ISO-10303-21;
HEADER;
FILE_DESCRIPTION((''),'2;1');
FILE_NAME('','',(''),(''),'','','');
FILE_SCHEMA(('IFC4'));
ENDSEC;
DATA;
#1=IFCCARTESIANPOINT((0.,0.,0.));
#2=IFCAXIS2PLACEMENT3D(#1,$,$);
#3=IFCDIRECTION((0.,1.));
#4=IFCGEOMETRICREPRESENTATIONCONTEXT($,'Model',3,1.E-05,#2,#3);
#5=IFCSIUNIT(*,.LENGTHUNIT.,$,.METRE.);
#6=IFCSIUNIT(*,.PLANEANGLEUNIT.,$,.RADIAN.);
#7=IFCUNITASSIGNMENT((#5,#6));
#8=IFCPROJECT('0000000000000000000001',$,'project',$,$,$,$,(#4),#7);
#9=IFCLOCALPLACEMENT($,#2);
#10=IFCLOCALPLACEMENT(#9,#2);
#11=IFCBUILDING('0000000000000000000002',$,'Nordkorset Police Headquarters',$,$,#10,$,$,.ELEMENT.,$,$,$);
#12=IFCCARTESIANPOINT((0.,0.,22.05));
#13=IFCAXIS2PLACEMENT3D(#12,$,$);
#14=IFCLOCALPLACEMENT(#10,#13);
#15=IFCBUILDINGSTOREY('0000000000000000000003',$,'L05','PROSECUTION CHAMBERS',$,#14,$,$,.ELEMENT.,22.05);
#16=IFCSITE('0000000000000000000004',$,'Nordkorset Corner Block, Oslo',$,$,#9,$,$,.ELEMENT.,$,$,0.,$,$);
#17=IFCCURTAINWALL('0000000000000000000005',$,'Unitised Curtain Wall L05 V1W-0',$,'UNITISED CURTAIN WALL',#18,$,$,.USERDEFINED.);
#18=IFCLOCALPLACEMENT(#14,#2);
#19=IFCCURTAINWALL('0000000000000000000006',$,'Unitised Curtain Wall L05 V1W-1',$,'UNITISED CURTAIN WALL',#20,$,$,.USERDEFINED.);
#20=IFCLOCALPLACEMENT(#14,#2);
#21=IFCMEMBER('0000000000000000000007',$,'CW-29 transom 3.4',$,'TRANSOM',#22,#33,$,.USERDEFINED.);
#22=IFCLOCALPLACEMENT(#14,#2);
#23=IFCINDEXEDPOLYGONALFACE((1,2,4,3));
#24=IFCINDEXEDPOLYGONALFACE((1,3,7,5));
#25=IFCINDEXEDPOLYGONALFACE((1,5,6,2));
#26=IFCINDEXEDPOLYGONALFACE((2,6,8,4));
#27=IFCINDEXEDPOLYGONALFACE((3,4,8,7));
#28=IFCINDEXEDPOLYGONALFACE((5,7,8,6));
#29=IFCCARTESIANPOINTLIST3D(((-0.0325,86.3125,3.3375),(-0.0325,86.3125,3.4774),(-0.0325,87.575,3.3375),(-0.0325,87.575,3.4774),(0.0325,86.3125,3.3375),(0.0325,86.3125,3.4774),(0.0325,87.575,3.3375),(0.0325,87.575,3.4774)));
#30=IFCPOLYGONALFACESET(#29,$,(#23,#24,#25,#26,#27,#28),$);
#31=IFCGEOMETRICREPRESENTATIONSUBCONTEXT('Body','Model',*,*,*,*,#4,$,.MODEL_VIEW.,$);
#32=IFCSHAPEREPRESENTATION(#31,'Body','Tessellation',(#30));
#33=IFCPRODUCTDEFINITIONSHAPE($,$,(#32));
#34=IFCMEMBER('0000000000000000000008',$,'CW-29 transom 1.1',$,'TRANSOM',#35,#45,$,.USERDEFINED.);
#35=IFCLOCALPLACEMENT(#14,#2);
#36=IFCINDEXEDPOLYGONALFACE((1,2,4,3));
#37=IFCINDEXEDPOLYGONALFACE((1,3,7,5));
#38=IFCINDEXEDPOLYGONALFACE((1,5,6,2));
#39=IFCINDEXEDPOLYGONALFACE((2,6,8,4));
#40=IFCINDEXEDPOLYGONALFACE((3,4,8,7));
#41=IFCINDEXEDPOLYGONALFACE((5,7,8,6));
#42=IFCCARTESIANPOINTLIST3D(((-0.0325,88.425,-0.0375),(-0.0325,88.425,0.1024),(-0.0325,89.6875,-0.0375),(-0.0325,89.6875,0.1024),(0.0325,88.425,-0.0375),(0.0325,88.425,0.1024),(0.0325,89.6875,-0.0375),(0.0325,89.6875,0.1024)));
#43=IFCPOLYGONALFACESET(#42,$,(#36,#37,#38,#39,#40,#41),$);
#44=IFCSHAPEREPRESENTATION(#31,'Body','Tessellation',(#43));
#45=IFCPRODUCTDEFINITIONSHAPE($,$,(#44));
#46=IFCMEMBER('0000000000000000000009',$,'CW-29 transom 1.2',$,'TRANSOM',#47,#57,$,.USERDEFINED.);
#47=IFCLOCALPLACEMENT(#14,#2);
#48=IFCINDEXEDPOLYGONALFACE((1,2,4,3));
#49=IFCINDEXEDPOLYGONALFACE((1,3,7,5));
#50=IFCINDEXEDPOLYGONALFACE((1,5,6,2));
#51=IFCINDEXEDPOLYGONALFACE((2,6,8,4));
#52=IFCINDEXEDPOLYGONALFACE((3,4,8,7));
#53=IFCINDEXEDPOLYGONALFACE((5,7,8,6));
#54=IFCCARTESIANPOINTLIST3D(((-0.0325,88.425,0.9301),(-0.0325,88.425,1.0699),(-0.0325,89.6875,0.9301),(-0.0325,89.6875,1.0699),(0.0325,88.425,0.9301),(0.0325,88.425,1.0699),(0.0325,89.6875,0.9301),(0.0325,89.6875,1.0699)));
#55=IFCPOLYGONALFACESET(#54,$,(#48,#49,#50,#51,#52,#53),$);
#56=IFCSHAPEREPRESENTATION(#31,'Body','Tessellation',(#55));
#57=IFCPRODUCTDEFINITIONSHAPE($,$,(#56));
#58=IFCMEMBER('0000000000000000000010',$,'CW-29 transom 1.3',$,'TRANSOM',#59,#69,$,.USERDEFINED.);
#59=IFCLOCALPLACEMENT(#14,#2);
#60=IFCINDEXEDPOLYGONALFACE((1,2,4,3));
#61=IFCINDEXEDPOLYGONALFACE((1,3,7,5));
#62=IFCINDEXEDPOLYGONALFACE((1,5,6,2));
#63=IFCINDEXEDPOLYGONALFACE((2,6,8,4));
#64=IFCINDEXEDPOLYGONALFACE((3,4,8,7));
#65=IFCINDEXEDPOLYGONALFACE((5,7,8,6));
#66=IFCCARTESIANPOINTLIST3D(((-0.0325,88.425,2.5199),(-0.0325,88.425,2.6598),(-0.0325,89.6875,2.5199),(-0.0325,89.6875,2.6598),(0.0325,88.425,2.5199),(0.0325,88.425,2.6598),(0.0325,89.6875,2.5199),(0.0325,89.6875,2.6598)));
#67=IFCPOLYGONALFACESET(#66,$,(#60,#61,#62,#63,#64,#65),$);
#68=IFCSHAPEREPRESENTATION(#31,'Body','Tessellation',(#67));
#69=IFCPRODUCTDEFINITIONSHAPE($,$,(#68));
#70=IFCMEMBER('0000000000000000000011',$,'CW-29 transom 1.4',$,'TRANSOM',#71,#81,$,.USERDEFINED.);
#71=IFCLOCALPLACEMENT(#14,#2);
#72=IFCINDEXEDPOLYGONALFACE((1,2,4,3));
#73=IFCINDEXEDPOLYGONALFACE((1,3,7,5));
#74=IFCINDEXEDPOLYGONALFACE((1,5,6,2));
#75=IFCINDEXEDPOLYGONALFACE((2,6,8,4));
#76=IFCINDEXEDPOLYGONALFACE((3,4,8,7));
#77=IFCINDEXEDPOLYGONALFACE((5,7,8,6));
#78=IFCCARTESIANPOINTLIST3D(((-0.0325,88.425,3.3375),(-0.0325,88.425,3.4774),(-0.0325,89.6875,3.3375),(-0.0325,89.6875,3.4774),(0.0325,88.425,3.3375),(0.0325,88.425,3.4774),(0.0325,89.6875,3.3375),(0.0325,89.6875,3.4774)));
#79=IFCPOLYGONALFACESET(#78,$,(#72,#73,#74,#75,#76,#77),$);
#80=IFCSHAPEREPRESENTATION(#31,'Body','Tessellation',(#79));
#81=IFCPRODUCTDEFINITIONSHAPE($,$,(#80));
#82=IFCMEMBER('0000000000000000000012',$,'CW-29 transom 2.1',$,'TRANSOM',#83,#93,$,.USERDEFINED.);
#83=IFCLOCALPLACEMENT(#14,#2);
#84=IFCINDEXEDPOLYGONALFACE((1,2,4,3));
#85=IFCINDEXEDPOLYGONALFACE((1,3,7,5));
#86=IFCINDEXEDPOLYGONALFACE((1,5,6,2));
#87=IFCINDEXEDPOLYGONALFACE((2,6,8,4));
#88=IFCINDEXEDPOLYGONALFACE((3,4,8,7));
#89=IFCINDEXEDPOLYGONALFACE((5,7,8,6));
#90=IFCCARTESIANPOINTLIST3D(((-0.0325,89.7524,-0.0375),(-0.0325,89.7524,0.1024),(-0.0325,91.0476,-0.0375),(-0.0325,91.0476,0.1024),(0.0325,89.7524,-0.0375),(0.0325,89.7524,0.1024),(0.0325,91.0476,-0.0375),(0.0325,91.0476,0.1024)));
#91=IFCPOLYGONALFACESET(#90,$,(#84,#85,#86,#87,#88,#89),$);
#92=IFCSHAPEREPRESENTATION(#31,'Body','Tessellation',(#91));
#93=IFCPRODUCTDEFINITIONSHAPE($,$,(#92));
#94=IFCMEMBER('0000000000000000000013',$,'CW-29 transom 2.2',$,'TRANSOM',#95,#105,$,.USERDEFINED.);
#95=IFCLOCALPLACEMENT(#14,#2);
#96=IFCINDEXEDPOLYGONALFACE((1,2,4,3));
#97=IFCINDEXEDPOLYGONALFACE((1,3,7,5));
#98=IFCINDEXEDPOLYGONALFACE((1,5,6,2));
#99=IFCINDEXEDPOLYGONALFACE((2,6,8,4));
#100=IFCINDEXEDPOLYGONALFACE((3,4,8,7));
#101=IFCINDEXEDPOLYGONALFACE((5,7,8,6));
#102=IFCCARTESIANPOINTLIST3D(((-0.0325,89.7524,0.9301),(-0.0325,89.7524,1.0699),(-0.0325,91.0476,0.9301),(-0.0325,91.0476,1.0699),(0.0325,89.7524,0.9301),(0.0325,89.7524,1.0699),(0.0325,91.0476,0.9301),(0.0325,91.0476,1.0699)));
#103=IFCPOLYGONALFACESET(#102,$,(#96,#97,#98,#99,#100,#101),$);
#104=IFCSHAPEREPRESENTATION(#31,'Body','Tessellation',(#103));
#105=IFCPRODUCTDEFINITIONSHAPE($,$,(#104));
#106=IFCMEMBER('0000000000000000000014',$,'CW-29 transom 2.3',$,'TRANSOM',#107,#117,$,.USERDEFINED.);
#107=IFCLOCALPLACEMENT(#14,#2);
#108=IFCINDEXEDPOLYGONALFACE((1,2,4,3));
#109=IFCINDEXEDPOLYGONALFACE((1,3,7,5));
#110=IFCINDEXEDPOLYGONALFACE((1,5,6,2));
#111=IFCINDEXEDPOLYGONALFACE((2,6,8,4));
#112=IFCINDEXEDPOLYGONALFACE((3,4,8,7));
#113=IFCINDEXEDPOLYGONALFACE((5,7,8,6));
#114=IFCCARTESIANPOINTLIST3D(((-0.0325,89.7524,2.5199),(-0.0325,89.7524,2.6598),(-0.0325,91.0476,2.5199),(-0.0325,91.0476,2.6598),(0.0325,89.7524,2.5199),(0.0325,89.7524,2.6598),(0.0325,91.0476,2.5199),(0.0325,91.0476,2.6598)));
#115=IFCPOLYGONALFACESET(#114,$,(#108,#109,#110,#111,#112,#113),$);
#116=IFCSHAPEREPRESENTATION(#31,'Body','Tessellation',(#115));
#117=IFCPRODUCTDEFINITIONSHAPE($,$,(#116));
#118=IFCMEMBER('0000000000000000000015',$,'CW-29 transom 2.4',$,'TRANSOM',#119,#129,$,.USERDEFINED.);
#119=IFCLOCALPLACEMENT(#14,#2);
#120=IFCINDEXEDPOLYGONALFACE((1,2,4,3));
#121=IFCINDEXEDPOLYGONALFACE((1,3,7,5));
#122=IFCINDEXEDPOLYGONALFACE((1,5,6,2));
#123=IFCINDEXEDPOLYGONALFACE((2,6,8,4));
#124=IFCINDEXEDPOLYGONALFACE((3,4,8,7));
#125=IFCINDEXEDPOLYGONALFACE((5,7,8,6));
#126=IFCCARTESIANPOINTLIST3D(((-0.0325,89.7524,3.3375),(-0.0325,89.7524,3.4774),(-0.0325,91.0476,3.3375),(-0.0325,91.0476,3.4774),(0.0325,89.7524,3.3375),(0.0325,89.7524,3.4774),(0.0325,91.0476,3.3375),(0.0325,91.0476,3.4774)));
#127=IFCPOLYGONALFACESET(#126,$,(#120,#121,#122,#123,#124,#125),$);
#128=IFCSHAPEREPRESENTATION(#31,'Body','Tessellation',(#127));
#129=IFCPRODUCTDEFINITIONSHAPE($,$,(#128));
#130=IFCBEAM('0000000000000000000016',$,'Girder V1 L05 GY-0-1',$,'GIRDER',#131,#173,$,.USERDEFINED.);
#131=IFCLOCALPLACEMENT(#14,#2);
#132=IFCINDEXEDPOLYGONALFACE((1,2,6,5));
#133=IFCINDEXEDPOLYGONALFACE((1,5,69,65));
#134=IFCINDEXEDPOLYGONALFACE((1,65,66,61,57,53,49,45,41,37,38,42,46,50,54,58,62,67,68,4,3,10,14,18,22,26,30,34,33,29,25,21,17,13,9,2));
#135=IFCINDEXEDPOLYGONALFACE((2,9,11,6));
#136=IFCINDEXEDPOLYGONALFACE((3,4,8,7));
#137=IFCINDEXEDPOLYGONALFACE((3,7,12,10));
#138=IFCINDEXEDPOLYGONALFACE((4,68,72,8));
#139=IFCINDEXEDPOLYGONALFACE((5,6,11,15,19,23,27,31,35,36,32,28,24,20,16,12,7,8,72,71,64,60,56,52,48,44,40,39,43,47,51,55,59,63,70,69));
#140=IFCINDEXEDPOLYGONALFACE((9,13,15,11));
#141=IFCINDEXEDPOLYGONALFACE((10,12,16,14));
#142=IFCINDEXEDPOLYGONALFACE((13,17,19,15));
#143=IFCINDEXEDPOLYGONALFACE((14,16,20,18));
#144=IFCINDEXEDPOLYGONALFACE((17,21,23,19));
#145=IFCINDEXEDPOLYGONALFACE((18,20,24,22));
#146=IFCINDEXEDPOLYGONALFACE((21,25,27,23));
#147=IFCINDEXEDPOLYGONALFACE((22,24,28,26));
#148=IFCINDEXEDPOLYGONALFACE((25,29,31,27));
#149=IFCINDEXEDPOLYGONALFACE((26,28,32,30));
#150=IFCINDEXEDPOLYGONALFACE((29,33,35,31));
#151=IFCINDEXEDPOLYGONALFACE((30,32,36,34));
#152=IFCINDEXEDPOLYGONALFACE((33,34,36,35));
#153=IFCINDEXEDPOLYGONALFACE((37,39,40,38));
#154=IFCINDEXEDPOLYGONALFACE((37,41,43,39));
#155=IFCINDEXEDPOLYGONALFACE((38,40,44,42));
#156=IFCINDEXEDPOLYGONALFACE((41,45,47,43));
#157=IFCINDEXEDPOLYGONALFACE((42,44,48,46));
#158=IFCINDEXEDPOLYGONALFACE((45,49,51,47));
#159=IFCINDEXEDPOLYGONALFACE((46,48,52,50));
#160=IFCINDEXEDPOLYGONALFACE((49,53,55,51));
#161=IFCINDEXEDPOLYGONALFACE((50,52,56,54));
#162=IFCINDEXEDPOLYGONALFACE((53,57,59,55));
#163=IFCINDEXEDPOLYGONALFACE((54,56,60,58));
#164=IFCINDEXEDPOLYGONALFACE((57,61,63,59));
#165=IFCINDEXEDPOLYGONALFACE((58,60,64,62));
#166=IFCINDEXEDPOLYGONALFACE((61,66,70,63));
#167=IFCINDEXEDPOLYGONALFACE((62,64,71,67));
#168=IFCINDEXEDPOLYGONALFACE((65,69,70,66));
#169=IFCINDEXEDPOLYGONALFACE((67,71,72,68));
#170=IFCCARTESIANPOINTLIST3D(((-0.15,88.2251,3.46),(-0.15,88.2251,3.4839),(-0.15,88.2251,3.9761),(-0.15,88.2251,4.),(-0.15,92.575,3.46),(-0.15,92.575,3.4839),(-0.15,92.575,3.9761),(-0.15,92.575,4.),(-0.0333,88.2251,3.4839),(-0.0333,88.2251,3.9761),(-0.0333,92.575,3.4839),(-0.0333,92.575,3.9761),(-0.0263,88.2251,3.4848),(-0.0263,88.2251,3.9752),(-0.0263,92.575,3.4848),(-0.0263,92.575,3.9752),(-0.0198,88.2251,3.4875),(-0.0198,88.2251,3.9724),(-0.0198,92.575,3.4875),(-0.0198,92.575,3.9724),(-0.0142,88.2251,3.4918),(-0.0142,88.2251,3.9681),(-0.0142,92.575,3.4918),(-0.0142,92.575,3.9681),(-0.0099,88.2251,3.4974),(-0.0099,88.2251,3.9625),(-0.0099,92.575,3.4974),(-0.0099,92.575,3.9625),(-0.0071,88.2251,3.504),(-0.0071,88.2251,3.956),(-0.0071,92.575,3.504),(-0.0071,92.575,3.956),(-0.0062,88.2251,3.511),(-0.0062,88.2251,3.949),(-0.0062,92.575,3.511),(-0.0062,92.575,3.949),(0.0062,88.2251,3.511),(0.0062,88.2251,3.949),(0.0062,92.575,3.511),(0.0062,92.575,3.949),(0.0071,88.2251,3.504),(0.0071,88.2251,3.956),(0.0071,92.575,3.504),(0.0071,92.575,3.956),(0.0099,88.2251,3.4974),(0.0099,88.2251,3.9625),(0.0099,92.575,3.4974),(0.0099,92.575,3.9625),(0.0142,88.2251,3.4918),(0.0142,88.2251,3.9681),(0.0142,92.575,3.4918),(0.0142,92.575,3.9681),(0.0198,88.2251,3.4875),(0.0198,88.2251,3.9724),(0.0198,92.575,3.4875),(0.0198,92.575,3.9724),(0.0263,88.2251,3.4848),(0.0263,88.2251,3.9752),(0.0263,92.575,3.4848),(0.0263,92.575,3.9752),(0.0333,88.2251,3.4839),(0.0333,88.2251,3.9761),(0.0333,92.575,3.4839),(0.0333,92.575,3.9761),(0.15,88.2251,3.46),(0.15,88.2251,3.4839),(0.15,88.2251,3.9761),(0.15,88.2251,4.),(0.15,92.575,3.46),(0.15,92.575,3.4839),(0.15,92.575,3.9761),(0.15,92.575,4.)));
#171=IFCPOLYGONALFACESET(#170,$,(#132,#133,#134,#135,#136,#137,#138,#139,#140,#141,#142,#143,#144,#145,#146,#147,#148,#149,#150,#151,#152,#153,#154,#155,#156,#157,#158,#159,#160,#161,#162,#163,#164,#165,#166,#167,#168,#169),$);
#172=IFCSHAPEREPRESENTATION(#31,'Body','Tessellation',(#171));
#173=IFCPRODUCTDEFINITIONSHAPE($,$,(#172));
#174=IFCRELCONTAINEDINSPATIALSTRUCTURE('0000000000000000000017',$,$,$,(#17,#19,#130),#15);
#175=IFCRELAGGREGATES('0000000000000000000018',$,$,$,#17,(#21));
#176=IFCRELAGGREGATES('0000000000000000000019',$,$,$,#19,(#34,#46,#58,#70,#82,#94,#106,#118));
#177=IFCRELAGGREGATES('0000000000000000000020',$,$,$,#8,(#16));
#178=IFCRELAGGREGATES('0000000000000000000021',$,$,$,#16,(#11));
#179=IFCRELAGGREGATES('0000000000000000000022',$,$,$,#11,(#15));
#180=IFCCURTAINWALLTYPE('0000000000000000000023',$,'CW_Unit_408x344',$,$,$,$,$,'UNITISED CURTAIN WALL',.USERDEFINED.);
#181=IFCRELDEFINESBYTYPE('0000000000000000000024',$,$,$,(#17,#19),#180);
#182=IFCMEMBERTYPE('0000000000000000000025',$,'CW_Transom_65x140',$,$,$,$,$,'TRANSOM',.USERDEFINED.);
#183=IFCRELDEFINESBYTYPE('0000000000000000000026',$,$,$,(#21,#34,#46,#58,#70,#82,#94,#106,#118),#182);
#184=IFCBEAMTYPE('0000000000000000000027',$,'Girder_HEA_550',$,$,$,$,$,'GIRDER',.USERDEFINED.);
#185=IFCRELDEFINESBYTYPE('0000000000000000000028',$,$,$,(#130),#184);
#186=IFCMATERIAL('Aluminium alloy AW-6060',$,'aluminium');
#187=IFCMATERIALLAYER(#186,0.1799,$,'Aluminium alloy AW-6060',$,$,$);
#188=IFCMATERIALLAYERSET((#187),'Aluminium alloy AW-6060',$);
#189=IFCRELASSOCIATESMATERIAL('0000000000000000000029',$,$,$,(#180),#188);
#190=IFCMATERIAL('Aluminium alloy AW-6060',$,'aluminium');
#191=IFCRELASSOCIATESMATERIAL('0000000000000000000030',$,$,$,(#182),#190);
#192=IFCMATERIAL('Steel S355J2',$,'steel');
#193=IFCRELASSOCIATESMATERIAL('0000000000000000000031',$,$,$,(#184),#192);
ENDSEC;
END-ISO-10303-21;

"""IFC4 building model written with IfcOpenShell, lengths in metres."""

from ifc_helpers import new_model, si_unit, direction, frame, origin, origin_2d, place, context, subcontext, project, spatial, rectangle, i_section, extrude, material, layer, layer_set, material_profile, profile_set, type_object, element, aggregate, save


model = new_model("IFC4")

# Units and contexts
model_context = context("Model", 3, precision=1e-05, world=origin(), true_north=direction((0.0, 1.0)))
body_context = subcontext(model_context, "Body", "Model", "MODEL_VIEW")
ifc_project = project(units=[si_unit("LENGTHUNIT", "METRE"), si_unit("PLANEANGLEUNIT", "RADIAN")], contexts=[model_context])

# Site, building, storey
site_placement = place(None, origin())
site = spatial("IfcSite", under=ifc_project, at=site_placement, Name="Nordkorset Corner Block, Oslo", CompositionType="ELEMENT", RefElevation=0.0)
building_placement = place(site_placement, origin())
building = spatial("IfcBuilding", under=site, at=building_placement, Name="Nordkorset Police Headquarters", CompositionType="ELEMENT")
storey_placement = place(building_placement, frame((0.0, 0.0, 22.05)))
storey = spatial("IfcBuildingStorey", under=building, at=storey_placement, Name="L05", Description="PROSECUTION CHAMBERS", CompositionType="ELEMENT", Elevation=22.05)

# Curtain walls
ifc_material_1 = material(Name="Aluminium alloy AW-6060", Category="aluminium")
ifc_layer_1 = layer(ifc_material_1, 0.1799, Name="Aluminium alloy AW-6060")
ifc_layer_set_1 = layer_set([ifc_layer_1], Name="Aluminium alloy AW-6060")
curtain_wall_type = type_object("IfcCurtainWallType", Name="CW_Unit_408x344", ElementType="UNITISED CURTAIN WALL", PredefinedType="USERDEFINED", material=ifc_layer_set_1)
curtain_wall_1_placement = place(storey_placement, origin())
curtain_wall_1 = element("IfcCurtainWall", 1, at=curtain_wall_1_placement, inside=storey, type_object=curtain_wall_type, Name="Unitised Curtain Wall L05 V1W-0", ObjectType="UNITISED CURTAIN WALL", PredefinedType="USERDEFINED")
curtain_wall_2_placement = place(storey_placement, origin())
curtain_wall_2 = element("IfcCurtainWall", 2, at=curtain_wall_2_placement, inside=storey, type_object=curtain_wall_type, Name="Unitised Curtain Wall L05 V1W-1", ObjectType="UNITISED CURTAIN WALL", PredefinedType="USERDEFINED")

# Members
ifc_material_2 = material(Name="Aluminium alloy AW-6060", Category="aluminium")
ifc_material_profile_1 = material_profile(ifc_material_2, rectangle(XDim=0.0649, YDim=0.1399, at=origin_2d()), Name="ALU TRAN 65x140")
ifc_profile_set_1 = profile_set([ifc_material_profile_1], Name="Aluminium alloy AW-6060")
member_type_1 = type_object("IfcMemberType", Name="CW_Transom_65x140", ElementType="TRANSOM", PredefinedType="USERDEFINED", material=ifc_profile_set_1)
member_1_placement = place(storey_placement, frame((0.0, 86.3125, 3.4075), z_axis=(0.0, 1.0, 0.0), x_axis=(-1.0, 0.0, 0.0)))
member_1 = element("IfcMember", 3, at=member_1_placement, type_object=member_type_1, Name="CW-29 transom 3.4", ObjectType="TRANSOM", PredefinedType="USERDEFINED", context=body_context, shape_type="SweptSolid", body=[
    extrude(rectangle(XDim=0.0649, YDim=0.1399, at=origin_2d()), origin(), (0.0, 0.0, 1.0), 1.2625),
])
member_2_placement = place(storey_placement, frame((0.0, 88.425, 0.0325), z_axis=(0.0, 1.0, 0.0), x_axis=(-1.0, 0.0, 0.0)))
member_2 = element("IfcMember", 4, at=member_2_placement, type_object=member_type_1, Name="CW-29 transom 1.1", ObjectType="TRANSOM", PredefinedType="USERDEFINED", context=body_context, shape_type="SweptSolid", body=[
    extrude(rectangle(XDim=0.0649, YDim=0.1399, at=origin_2d()), origin(), (0.0, 0.0, 1.0), 1.2625),
])
member_3_placement = place(storey_placement, frame((0.0, 88.425, 1.0), z_axis=(0.0, 1.0, 0.0), x_axis=(-1.0, 0.0, 0.0)))
member_3 = element("IfcMember", 5, at=member_3_placement, type_object=member_type_1, Name="CW-29 transom 1.2", ObjectType="TRANSOM", PredefinedType="USERDEFINED", context=body_context, shape_type="SweptSolid", body=[
    extrude(rectangle(XDim=0.0649, YDim=0.1399, at=origin_2d()), origin(), (0.0, 0.0, 1.0), 1.2625),
])
member_4_placement = place(storey_placement, frame((0.0, 88.425, 2.5898), z_axis=(0.0, 1.0, 0.0), x_axis=(-1.0, 0.0, 0.0)))
member_4 = element("IfcMember", 6, at=member_4_placement, type_object=member_type_1, Name="CW-29 transom 1.3", ObjectType="TRANSOM", PredefinedType="USERDEFINED", context=body_context, shape_type="SweptSolid", body=[
    extrude(rectangle(XDim=0.0649, YDim=0.1399, at=origin_2d()), origin(), (0.0, 0.0, 1.0), 1.2625),
])
member_5_placement = place(storey_placement, frame((0.0, 88.425, 3.4075), z_axis=(0.0, 1.0, 0.0), x_axis=(-1.0, 0.0, 0.0)))
member_5 = element("IfcMember", 7, at=member_5_placement, type_object=member_type_1, Name="CW-29 transom 1.4", ObjectType="TRANSOM", PredefinedType="USERDEFINED", context=body_context, shape_type="SweptSolid", body=[
    extrude(rectangle(XDim=0.0649, YDim=0.1399, at=origin_2d()), origin(), (0.0, 0.0, 1.0), 1.2625),
])
member_6_placement = place(storey_placement, frame((0.0, 89.7524, 0.0325), z_axis=(0.0, 1.0, 0.0), x_axis=(-1.0, 0.0, 0.0)))
member_6 = element("IfcMember", 8, at=member_6_placement, type_object=member_type_1, Name="CW-29 transom 2.1", ObjectType="TRANSOM", PredefinedType="USERDEFINED", context=body_context, shape_type="SweptSolid", body=[
    extrude(rectangle(XDim=0.0649, YDim=0.1399, at=origin_2d()), origin(), (0.0, 0.0, 1.0), 1.2952),
])
member_7_placement = place(storey_placement, frame((0.0, 89.7524, 1.0), z_axis=(0.0, 1.0, 0.0), x_axis=(-1.0, 0.0, 0.0)))
member_7 = element("IfcMember", 9, at=member_7_placement, type_object=member_type_1, Name="CW-29 transom 2.2", ObjectType="TRANSOM", PredefinedType="USERDEFINED", context=body_context, shape_type="SweptSolid", body=[
    extrude(rectangle(XDim=0.0649, YDim=0.1399, at=origin_2d()), origin(), (0.0, 0.0, 1.0), 1.2952),
])
member_8_placement = place(storey_placement, frame((0.0, 89.7524, 2.5898), z_axis=(0.0, 1.0, 0.0), x_axis=(-1.0, 0.0, 0.0)))
member_8 = element("IfcMember", 10, at=member_8_placement, type_object=member_type_1, Name="CW-29 transom 2.3", ObjectType="TRANSOM", PredefinedType="USERDEFINED", context=body_context, shape_type="SweptSolid", body=[
    extrude(rectangle(XDim=0.0649, YDim=0.1399, at=origin_2d()), origin(), (0.0, 0.0, 1.0), 1.2952),
])
member_9_placement = place(storey_placement, frame((0.0, 89.7524, 3.4075), z_axis=(0.0, 1.0, 0.0), x_axis=(-1.0, 0.0, 0.0)))
member_9 = element("IfcMember", 11, at=member_9_placement, type_object=member_type_1, Name="CW-29 transom 2.4", ObjectType="TRANSOM", PredefinedType="USERDEFINED", context=body_context, shape_type="SweptSolid", body=[
    extrude(rectangle(XDim=0.0649, YDim=0.1399, at=origin_2d()), origin(), (0.0, 0.0, 1.0), 1.2952),
])

# Beam
ifc_material_3 = material(Name="Steel S355J2", Category="steel")
ifc_material_profile_2 = material_profile(ifc_material_3, i_section(OverallWidth=0.3, OverallDepth=0.54, WebThickness=0.0125, FlangeThickness=0.0239, FilletRadius=0.0271, at=origin_2d()), Name="HEA 550")
ifc_profile_set_2 = profile_set([ifc_material_profile_2], Name="Steel S355J2")
beam_type_1 = type_object("IfcBeamType", Name="Girder_HEA_550", ElementType="GIRDER", PredefinedType="USERDEFINED", material=ifc_profile_set_2)
beam_1_placement = place(storey_placement, frame((0.0, 88.2251, 3.73), z_axis=(0.0, 1.0, 0.0), x_axis=(-1.0, 0.0, 0.0)))
element("IfcBeam", 12, at=beam_1_placement, inside=storey, type_object=beam_type_1, Name="Girder V1 L05 GY-0-1", ObjectType="GIRDER", PredefinedType="USERDEFINED", context=body_context, shape_type="SweptSolid", body=[
    extrude(i_section(OverallWidth=0.3, OverallDepth=0.54, WebThickness=0.0125, FlangeThickness=0.0239, FilletRadius=0.0271, at=origin_2d()), origin(), (0.0, 0.0, 1.0), 4.3499),
])

aggregate(curtain_wall_1, [member_1])
aggregate(curtain_wall_2, [member_2, member_3, member_4, member_5, member_6, member_7, member_8, member_9])

save(model, "model.ifc")
